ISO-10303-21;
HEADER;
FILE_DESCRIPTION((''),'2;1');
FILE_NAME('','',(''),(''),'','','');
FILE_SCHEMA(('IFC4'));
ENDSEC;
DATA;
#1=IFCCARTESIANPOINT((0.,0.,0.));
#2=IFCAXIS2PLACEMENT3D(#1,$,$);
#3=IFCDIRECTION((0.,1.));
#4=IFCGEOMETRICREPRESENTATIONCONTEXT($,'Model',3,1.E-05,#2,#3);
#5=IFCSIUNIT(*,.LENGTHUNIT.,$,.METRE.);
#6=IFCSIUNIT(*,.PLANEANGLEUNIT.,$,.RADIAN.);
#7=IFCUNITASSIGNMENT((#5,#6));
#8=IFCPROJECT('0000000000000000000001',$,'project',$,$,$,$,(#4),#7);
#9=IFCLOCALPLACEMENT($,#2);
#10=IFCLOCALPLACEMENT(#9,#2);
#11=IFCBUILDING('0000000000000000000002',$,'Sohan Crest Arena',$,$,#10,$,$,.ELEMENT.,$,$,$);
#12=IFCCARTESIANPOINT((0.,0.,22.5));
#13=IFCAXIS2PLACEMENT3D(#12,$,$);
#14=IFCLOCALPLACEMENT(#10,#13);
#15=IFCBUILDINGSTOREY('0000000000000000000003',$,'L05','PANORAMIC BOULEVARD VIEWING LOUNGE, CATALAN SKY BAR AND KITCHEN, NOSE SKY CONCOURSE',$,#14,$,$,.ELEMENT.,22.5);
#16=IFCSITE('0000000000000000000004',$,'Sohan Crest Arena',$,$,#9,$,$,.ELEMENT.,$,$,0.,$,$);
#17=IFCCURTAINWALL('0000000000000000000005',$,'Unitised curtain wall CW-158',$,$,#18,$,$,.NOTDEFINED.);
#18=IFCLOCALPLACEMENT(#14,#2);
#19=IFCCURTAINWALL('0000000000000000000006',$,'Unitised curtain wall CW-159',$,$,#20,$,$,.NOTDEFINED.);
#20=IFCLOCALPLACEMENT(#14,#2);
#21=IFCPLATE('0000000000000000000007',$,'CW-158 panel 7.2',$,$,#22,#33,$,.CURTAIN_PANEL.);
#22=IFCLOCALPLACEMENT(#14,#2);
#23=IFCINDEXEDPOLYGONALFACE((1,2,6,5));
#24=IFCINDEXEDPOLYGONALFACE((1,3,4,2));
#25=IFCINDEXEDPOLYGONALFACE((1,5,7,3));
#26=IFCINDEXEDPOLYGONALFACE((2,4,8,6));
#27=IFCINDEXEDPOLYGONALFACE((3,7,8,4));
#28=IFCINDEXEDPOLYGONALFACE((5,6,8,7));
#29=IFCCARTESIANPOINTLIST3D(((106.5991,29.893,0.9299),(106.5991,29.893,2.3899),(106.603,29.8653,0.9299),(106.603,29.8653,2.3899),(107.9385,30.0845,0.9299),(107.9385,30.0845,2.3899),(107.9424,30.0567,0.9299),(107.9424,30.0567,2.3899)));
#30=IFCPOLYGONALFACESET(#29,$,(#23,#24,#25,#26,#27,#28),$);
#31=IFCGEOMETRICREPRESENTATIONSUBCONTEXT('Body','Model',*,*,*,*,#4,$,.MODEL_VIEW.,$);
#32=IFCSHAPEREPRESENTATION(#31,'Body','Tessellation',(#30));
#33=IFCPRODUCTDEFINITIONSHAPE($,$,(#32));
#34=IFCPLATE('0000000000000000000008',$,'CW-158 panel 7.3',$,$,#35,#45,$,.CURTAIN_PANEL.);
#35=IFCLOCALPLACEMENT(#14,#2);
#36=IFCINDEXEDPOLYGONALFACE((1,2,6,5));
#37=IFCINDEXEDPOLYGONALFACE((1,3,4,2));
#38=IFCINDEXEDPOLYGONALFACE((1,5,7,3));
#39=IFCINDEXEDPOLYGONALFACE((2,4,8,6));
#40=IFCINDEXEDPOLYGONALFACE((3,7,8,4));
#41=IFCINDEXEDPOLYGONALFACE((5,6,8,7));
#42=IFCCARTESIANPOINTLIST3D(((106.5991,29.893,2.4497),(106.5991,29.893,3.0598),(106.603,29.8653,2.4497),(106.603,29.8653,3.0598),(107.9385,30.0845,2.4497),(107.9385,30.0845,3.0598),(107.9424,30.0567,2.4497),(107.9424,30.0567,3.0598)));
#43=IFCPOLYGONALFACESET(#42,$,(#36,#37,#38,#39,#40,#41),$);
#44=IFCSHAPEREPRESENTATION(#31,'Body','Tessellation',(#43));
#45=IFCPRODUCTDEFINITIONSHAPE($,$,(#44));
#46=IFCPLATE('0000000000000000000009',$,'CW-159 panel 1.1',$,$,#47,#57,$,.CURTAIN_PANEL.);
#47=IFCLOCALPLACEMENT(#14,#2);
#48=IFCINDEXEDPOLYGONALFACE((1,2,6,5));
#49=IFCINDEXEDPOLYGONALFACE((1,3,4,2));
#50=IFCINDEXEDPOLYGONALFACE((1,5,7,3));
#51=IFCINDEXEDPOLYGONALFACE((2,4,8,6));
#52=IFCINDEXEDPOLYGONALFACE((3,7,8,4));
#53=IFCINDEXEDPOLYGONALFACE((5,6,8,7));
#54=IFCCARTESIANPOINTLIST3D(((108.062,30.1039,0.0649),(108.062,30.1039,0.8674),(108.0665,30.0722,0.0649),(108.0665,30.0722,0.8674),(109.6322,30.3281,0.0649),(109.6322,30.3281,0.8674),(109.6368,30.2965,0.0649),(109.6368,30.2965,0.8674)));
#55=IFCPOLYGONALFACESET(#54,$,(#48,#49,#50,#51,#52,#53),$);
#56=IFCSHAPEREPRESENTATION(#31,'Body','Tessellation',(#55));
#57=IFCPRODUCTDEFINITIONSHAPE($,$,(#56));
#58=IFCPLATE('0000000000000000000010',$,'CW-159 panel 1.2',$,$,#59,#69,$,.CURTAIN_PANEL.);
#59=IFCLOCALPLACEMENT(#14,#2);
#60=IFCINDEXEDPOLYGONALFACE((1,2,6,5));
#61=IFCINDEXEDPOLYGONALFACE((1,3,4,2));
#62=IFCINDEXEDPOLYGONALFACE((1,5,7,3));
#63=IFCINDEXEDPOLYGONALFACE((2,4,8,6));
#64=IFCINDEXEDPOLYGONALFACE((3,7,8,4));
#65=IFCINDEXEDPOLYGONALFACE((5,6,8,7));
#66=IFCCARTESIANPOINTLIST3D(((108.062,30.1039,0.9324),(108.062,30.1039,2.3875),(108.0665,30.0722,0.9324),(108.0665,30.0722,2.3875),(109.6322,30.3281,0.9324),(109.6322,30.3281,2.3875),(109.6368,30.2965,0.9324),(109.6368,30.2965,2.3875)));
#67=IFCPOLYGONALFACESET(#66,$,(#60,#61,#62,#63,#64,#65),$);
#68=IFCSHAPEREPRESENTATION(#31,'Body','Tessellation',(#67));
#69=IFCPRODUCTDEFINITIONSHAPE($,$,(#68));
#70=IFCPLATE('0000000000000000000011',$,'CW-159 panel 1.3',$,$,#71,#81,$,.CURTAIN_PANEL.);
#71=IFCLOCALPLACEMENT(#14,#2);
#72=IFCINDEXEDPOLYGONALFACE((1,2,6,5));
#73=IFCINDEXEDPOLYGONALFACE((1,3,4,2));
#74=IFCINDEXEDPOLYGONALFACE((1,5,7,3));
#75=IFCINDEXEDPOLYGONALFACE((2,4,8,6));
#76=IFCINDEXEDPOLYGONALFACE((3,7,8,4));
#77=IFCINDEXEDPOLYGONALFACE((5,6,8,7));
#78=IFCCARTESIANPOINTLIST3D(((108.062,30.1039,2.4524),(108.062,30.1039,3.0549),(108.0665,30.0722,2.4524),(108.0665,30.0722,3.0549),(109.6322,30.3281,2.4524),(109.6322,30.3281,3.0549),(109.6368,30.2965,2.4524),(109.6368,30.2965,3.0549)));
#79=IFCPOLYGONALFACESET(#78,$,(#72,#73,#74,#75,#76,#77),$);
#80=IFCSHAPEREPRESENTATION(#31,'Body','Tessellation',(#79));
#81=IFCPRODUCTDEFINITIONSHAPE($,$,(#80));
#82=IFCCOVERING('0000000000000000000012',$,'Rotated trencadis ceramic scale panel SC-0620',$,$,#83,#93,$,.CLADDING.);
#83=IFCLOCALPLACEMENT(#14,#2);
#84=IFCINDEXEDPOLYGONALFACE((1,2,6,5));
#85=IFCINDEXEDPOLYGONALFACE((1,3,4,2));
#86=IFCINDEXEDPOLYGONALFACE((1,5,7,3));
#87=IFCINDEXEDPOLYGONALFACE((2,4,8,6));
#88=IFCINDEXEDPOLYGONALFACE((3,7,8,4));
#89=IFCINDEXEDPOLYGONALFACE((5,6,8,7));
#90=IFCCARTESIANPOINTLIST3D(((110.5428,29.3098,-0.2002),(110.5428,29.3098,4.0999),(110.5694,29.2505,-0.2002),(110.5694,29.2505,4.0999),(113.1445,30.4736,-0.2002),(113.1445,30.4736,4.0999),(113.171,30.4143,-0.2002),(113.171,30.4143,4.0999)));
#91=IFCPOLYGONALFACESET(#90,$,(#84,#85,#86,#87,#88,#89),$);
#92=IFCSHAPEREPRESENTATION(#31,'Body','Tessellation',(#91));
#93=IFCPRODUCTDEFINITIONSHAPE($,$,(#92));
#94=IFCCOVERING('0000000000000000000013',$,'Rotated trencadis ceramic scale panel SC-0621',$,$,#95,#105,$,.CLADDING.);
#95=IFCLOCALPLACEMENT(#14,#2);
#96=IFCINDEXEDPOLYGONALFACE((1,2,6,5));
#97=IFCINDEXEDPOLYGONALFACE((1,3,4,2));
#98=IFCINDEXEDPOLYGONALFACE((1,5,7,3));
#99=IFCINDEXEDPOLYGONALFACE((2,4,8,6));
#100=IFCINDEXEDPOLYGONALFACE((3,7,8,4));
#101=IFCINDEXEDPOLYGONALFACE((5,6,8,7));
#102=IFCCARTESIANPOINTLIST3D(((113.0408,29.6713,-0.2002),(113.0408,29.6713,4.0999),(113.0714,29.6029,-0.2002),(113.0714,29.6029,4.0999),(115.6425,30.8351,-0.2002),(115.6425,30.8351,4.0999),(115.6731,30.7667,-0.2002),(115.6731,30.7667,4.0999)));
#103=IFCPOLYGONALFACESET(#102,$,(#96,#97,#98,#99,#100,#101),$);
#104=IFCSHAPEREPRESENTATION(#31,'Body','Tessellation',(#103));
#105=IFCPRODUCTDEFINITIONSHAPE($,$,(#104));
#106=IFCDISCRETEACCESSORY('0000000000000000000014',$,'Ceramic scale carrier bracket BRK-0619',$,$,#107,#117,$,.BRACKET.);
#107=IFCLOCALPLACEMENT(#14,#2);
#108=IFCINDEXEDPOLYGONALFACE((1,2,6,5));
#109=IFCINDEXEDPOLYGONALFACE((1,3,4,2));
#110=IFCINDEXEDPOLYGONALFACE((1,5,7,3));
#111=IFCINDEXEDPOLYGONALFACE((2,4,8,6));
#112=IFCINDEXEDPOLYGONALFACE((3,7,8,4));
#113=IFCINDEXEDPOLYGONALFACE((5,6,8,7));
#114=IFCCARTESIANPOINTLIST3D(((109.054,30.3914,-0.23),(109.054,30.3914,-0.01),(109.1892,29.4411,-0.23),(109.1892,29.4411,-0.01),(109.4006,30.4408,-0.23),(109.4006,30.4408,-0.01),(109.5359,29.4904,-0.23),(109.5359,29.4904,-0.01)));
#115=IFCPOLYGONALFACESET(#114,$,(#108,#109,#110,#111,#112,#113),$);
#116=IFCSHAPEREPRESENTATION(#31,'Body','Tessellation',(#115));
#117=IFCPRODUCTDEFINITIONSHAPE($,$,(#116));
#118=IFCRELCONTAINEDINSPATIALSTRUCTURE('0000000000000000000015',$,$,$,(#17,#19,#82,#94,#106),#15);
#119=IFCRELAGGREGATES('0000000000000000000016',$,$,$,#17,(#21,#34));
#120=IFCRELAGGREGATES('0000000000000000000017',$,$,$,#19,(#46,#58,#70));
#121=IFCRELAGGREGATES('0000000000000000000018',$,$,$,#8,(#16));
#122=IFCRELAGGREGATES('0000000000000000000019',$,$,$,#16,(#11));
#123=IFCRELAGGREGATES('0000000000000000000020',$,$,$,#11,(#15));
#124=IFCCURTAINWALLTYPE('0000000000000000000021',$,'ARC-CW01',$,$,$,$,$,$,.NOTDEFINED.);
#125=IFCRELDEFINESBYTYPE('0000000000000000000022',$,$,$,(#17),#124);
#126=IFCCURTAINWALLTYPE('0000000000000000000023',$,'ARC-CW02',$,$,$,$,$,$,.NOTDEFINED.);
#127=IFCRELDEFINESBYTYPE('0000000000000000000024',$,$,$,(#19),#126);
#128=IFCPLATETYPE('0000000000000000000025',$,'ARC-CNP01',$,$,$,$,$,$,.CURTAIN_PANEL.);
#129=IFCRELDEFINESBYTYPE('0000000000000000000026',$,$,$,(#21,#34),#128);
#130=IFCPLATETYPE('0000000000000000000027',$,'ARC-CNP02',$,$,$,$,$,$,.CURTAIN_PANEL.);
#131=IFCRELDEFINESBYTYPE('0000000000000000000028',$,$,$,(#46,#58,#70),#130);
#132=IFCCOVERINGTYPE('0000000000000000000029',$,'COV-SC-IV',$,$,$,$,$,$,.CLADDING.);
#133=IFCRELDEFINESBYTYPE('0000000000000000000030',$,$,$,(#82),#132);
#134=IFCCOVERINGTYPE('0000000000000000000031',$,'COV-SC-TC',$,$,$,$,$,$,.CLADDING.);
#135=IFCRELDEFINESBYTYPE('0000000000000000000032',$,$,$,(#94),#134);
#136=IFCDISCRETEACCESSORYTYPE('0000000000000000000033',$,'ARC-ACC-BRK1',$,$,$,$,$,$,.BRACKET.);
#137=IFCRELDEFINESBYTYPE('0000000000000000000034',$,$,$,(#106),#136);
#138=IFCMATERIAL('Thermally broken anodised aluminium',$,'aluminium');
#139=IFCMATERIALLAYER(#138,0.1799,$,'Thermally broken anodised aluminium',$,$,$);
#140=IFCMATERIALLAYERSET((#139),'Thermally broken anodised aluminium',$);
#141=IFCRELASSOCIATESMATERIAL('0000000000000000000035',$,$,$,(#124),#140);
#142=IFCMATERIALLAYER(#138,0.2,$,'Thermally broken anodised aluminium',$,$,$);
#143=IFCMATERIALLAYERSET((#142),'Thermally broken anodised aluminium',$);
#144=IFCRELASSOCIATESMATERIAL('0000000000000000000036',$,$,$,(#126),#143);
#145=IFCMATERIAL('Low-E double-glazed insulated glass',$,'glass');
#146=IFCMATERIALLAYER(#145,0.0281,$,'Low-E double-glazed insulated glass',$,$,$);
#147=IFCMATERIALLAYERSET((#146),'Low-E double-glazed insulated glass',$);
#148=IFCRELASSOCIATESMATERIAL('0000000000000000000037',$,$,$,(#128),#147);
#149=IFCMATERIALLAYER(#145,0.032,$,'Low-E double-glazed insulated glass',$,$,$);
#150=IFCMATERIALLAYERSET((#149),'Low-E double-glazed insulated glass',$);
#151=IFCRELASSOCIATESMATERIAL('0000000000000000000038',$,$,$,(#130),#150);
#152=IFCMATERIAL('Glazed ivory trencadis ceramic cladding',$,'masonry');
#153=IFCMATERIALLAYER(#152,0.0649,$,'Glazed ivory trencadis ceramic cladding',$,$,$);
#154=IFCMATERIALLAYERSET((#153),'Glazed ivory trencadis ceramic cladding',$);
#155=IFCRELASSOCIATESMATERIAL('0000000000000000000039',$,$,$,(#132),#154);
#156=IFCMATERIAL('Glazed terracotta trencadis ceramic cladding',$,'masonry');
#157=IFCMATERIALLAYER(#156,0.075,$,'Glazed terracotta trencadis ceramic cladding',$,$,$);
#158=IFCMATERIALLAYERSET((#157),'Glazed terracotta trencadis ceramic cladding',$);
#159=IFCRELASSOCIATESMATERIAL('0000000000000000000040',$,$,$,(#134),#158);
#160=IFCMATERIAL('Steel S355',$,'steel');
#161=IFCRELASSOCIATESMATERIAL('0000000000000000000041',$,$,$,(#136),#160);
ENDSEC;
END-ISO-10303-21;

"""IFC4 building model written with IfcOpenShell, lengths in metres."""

from ifc_helpers import new_model, si_unit, direction, frame, origin, origin_2d, place, context, subcontext, project, spatial, rectangle, extrude, material, layer, layer_set, type_object, element, aggregate, save


model = new_model("IFC4")

# Units and contexts
model_context = context("Model", 3, precision=1e-05, world=origin(), true_north=direction((0.0, 1.0)))
body_context = subcontext(model_context, "Body", "Model", "MODEL_VIEW")
ifc_project = project(units=[si_unit("LENGTHUNIT", "METRE"), si_unit("PLANEANGLEUNIT", "RADIAN")], contexts=[model_context])

# Site, building, storey
site_placement = place(None, origin())
site = spatial("IfcSite", under=ifc_project, at=site_placement, Name="Sohan Crest Arena", CompositionType="ELEMENT", RefElevation=0.0)
building_placement = place(site_placement, origin())
building = spatial("IfcBuilding", under=site, at=building_placement, Name="Sohan Crest Arena", CompositionType="ELEMENT")
storey_placement = place(building_placement, frame((0.0, 0.0, 22.5)))
storey = spatial("IfcBuildingStorey", under=building, at=storey_placement, Name="L05", Description="PANORAMIC BOULEVARD VIEWING LOUNGE, CATALAN SKY BAR AND KITCHEN, NOSE SKY CONCOURSE", CompositionType="ELEMENT", Elevation=22.5)

# Curtain wall
ifc_material_1 = material(Name="Thermally broken anodised aluminium", Category="aluminium")
ifc_layer_1 = layer(ifc_material_1, 0.1799, Name="Thermally broken anodised aluminium")
ifc_layer_set_1 = layer_set([ifc_layer_1], Name="Thermally broken anodised aluminium")
curtain_wall_type_1 = type_object("IfcCurtainWallType", Name="ARC-CW01", PredefinedType="NOTDEFINED", material=ifc_layer_set_1)
curtain_wall_1_placement = place(storey_placement, origin())
curtain_wall_1 = element("IfcCurtainWall", 1, at=curtain_wall_1_placement, inside=storey, type_object=curtain_wall_type_1, Name="Unitised curtain wall CW-158", PredefinedType="NOTDEFINED")

# Curtain wall
ifc_layer_2 = layer(ifc_material_1, 0.2, Name="Thermally broken anodised aluminium")
ifc_layer_set_2 = layer_set([ifc_layer_2], Name="Thermally broken anodised aluminium")
curtain_wall_type_2 = type_object("IfcCurtainWallType", Name="ARC-CW02", PredefinedType="NOTDEFINED", material=ifc_layer_set_2)
curtain_wall_2_placement = place(storey_placement, origin())
curtain_wall_2 = element("IfcCurtainWall", 2, at=curtain_wall_2_placement, inside=storey, type_object=curtain_wall_type_2, Name="Unitised curtain wall CW-159", PredefinedType="NOTDEFINED")

# Plates
ifc_material_2 = material(Name="Low-E double-glazed insulated glass", Category="glass")
ifc_layer_3 = layer(ifc_material_2, 0.0281, Name="Low-E double-glazed insulated glass")
ifc_layer_set_3 = layer_set([ifc_layer_3], Name="Low-E double-glazed insulated glass")
plate_type_1 = type_object("IfcPlateType", Name="ARC-CNP01", PredefinedType="CURTAIN_PANEL", material=ifc_layer_set_3)
plate_1_placement = place(storey_placement, frame((107.2708, 29.9749, 0.9299), z_axis=(0.0, 0.0, 1.0), x_axis=(0.989944, 0.141463, 0.0)))
plate_1 = element("IfcPlate", 3, at=plate_1_placement, type_object=plate_type_1, Name="CW-158 panel 7.2", PredefinedType="CURTAIN_PANEL", context=body_context, shape_type="SweptSolid", body=[
    extrude(rectangle(XDim=1.353, YDim=0.0281, at=origin_2d()), origin(), (0.0, 0.0, 1.0), 1.46),
])
plate_2_placement = place(storey_placement, frame((107.2708, 29.9749, 2.4497), z_axis=(0.0, 0.0, 1.0), x_axis=(0.989944, 0.141463, 0.0)))
plate_2 = element("IfcPlate", 4, at=plate_2_placement, type_object=plate_type_1, Name="CW-158 panel 7.3", PredefinedType="CURTAIN_PANEL", context=body_context, shape_type="SweptSolid", body=[
    extrude(rectangle(XDim=1.353, YDim=0.0281, at=origin_2d()), origin(), (0.0, 0.0, 1.0), 0.6101),
])
aggregate(curtain_wall_1, [plate_1, plate_2])
ifc_layer_4 = layer(ifc_material_2, 0.032, Name="Low-E double-glazed insulated glass")
ifc_layer_set_4 = layer_set([ifc_layer_4], Name="Low-E double-glazed insulated glass")
plate_type_2 = type_object("IfcPlateType", Name="ARC-CNP02", PredefinedType="CURTAIN_PANEL", material=ifc_layer_set_4)
plate_3_placement = place(storey_placement, frame((108.8494, 30.2002, 0.0649), z_axis=(0.0, 0.0, 1.0), x_axis=(0.989957, 0.141366, 0.0)))
plate_3 = element("IfcPlate", 5, at=plate_3_placement, type_object=plate_type_2, Name="CW-159 panel 1.1", PredefinedType="CURTAIN_PANEL", context=body_context, shape_type="SweptSolid", body=[
    extrude(rectangle(XDim=1.5862, YDim=0.032, at=origin_2d()), origin(), (0.0, 0.0, 1.0), 0.8025),
])
plate_4_placement = place(storey_placement, frame((108.8494, 30.2002, 0.9324), z_axis=(0.0, 0.0, 1.0), x_axis=(0.989957, 0.141366, 0.0)))
plate_4 = element("IfcPlate", 6, at=plate_4_placement, type_object=plate_type_2, Name="CW-159 panel 1.2", PredefinedType="CURTAIN_PANEL", context=body_context, shape_type="SweptSolid", body=[
    extrude(rectangle(XDim=1.5862, YDim=0.032, at=origin_2d()), origin(), (0.0, 0.0, 1.0), 1.4551),
])
plate_5_placement = place(storey_placement, frame((108.8494, 30.2002, 2.4524), z_axis=(0.0, 0.0, 1.0), x_axis=(0.989957, 0.141366, 0.0)))
plate_5 = element("IfcPlate", 7, at=plate_5_placement, type_object=plate_type_2, Name="CW-159 panel 1.3", PredefinedType="CURTAIN_PANEL", context=body_context, shape_type="SweptSolid", body=[
    extrude(rectangle(XDim=1.5862, YDim=0.032, at=origin_2d()), origin(), (0.0, 0.0, 1.0), 0.6025),
])
aggregate(curtain_wall_2, [plate_3, plate_4, plate_5])

# Coverings
ifc_material_3 = material(Name="Glazed ivory trencadis ceramic cladding", Category="masonry")
ifc_layer_5 = layer(ifc_material_3, 0.0649, Name="Glazed ivory trencadis ceramic cladding")
ifc_layer_set_5 = layer_set([ifc_layer_5], Name="Glazed ivory trencadis ceramic cladding")
covering_type_1 = type_object("IfcCoveringType", Name="COV-SC-IV", PredefinedType="CLADDING", material=ifc_layer_set_5)
covering_1_placement = place(storey_placement, frame((111.8569, 29.8621, -0.2002), z_axis=(0.0, 0.0, 1.0), x_axis=(0.912834, 0.40833, 0.0)))
element("IfcCovering", 8, at=covering_1_placement, inside=storey, type_object=covering_type_1, Name="Rotated trencadis ceramic scale panel SC-0620", PredefinedType="CLADDING", context=body_context, shape_type="SweptSolid", body=[
    extrude(rectangle(XDim=2.8501, YDim=0.0649, at=origin_2d()), origin(), (0.0, 0.0, 1.0), 4.3),
])
ifc_material_4 = material(Name="Glazed terracotta trencadis ceramic cladding", Category="masonry")
ifc_layer_6 = layer(ifc_material_4, 0.075, Name="Glazed terracotta trencadis ceramic cladding")
ifc_layer_set_6 = layer_set([ifc_layer_6], Name="Glazed terracotta trencadis ceramic cladding")
covering_type_2 = type_object("IfcCoveringType", Name="COV-SC-TC", PredefinedType="CLADDING", material=ifc_layer_set_6)
covering_2_placement = place(storey_placement, frame((114.3569, 30.219, -0.2002), z_axis=(0.0, 0.0, 1.0), x_axis=(0.912834, 0.40833, 0.0)))
element("IfcCovering", 9, at=covering_2_placement, inside=storey, type_object=covering_type_2, Name="Rotated trencadis ceramic scale panel SC-0621", PredefinedType="CLADDING", context=body_context, shape_type="SweptSolid", body=[
    extrude(rectangle(XDim=2.8501, YDim=0.075, at=origin_2d()), origin(), (0.0, 0.0, 1.0), 4.3),
])

# Discrete accessory
ifc_material_5 = material(Name="Steel S355", Category="steel")
discrete_accessory_type = type_object("IfcDiscreteAccessoryType", Name="ARC-ACC-BRK1", PredefinedType="BRACKET", material=ifc_material_5)
discrete_accessory_placement = place(storey_placement, frame((109.2949, 29.9409, -0.23), z_axis=(0.0, 0.0, 1.0), x_axis=(0.990024, 0.140901, 0.0)))
element("IfcDiscreteAccessory", 10, at=discrete_accessory_placement, inside=storey, type_object=discrete_accessory_type, Name="Ceramic scale carrier bracket BRK-0619", PredefinedType="BRACKET", context=body_context, shape_type="SweptSolid", body=[
    extrude(rectangle(XDim=0.3501, YDim=0.96, at=origin_2d()), origin(), (0.0, 0.0, 1.0), 0.22),
])

save(model, "model.ifc")
